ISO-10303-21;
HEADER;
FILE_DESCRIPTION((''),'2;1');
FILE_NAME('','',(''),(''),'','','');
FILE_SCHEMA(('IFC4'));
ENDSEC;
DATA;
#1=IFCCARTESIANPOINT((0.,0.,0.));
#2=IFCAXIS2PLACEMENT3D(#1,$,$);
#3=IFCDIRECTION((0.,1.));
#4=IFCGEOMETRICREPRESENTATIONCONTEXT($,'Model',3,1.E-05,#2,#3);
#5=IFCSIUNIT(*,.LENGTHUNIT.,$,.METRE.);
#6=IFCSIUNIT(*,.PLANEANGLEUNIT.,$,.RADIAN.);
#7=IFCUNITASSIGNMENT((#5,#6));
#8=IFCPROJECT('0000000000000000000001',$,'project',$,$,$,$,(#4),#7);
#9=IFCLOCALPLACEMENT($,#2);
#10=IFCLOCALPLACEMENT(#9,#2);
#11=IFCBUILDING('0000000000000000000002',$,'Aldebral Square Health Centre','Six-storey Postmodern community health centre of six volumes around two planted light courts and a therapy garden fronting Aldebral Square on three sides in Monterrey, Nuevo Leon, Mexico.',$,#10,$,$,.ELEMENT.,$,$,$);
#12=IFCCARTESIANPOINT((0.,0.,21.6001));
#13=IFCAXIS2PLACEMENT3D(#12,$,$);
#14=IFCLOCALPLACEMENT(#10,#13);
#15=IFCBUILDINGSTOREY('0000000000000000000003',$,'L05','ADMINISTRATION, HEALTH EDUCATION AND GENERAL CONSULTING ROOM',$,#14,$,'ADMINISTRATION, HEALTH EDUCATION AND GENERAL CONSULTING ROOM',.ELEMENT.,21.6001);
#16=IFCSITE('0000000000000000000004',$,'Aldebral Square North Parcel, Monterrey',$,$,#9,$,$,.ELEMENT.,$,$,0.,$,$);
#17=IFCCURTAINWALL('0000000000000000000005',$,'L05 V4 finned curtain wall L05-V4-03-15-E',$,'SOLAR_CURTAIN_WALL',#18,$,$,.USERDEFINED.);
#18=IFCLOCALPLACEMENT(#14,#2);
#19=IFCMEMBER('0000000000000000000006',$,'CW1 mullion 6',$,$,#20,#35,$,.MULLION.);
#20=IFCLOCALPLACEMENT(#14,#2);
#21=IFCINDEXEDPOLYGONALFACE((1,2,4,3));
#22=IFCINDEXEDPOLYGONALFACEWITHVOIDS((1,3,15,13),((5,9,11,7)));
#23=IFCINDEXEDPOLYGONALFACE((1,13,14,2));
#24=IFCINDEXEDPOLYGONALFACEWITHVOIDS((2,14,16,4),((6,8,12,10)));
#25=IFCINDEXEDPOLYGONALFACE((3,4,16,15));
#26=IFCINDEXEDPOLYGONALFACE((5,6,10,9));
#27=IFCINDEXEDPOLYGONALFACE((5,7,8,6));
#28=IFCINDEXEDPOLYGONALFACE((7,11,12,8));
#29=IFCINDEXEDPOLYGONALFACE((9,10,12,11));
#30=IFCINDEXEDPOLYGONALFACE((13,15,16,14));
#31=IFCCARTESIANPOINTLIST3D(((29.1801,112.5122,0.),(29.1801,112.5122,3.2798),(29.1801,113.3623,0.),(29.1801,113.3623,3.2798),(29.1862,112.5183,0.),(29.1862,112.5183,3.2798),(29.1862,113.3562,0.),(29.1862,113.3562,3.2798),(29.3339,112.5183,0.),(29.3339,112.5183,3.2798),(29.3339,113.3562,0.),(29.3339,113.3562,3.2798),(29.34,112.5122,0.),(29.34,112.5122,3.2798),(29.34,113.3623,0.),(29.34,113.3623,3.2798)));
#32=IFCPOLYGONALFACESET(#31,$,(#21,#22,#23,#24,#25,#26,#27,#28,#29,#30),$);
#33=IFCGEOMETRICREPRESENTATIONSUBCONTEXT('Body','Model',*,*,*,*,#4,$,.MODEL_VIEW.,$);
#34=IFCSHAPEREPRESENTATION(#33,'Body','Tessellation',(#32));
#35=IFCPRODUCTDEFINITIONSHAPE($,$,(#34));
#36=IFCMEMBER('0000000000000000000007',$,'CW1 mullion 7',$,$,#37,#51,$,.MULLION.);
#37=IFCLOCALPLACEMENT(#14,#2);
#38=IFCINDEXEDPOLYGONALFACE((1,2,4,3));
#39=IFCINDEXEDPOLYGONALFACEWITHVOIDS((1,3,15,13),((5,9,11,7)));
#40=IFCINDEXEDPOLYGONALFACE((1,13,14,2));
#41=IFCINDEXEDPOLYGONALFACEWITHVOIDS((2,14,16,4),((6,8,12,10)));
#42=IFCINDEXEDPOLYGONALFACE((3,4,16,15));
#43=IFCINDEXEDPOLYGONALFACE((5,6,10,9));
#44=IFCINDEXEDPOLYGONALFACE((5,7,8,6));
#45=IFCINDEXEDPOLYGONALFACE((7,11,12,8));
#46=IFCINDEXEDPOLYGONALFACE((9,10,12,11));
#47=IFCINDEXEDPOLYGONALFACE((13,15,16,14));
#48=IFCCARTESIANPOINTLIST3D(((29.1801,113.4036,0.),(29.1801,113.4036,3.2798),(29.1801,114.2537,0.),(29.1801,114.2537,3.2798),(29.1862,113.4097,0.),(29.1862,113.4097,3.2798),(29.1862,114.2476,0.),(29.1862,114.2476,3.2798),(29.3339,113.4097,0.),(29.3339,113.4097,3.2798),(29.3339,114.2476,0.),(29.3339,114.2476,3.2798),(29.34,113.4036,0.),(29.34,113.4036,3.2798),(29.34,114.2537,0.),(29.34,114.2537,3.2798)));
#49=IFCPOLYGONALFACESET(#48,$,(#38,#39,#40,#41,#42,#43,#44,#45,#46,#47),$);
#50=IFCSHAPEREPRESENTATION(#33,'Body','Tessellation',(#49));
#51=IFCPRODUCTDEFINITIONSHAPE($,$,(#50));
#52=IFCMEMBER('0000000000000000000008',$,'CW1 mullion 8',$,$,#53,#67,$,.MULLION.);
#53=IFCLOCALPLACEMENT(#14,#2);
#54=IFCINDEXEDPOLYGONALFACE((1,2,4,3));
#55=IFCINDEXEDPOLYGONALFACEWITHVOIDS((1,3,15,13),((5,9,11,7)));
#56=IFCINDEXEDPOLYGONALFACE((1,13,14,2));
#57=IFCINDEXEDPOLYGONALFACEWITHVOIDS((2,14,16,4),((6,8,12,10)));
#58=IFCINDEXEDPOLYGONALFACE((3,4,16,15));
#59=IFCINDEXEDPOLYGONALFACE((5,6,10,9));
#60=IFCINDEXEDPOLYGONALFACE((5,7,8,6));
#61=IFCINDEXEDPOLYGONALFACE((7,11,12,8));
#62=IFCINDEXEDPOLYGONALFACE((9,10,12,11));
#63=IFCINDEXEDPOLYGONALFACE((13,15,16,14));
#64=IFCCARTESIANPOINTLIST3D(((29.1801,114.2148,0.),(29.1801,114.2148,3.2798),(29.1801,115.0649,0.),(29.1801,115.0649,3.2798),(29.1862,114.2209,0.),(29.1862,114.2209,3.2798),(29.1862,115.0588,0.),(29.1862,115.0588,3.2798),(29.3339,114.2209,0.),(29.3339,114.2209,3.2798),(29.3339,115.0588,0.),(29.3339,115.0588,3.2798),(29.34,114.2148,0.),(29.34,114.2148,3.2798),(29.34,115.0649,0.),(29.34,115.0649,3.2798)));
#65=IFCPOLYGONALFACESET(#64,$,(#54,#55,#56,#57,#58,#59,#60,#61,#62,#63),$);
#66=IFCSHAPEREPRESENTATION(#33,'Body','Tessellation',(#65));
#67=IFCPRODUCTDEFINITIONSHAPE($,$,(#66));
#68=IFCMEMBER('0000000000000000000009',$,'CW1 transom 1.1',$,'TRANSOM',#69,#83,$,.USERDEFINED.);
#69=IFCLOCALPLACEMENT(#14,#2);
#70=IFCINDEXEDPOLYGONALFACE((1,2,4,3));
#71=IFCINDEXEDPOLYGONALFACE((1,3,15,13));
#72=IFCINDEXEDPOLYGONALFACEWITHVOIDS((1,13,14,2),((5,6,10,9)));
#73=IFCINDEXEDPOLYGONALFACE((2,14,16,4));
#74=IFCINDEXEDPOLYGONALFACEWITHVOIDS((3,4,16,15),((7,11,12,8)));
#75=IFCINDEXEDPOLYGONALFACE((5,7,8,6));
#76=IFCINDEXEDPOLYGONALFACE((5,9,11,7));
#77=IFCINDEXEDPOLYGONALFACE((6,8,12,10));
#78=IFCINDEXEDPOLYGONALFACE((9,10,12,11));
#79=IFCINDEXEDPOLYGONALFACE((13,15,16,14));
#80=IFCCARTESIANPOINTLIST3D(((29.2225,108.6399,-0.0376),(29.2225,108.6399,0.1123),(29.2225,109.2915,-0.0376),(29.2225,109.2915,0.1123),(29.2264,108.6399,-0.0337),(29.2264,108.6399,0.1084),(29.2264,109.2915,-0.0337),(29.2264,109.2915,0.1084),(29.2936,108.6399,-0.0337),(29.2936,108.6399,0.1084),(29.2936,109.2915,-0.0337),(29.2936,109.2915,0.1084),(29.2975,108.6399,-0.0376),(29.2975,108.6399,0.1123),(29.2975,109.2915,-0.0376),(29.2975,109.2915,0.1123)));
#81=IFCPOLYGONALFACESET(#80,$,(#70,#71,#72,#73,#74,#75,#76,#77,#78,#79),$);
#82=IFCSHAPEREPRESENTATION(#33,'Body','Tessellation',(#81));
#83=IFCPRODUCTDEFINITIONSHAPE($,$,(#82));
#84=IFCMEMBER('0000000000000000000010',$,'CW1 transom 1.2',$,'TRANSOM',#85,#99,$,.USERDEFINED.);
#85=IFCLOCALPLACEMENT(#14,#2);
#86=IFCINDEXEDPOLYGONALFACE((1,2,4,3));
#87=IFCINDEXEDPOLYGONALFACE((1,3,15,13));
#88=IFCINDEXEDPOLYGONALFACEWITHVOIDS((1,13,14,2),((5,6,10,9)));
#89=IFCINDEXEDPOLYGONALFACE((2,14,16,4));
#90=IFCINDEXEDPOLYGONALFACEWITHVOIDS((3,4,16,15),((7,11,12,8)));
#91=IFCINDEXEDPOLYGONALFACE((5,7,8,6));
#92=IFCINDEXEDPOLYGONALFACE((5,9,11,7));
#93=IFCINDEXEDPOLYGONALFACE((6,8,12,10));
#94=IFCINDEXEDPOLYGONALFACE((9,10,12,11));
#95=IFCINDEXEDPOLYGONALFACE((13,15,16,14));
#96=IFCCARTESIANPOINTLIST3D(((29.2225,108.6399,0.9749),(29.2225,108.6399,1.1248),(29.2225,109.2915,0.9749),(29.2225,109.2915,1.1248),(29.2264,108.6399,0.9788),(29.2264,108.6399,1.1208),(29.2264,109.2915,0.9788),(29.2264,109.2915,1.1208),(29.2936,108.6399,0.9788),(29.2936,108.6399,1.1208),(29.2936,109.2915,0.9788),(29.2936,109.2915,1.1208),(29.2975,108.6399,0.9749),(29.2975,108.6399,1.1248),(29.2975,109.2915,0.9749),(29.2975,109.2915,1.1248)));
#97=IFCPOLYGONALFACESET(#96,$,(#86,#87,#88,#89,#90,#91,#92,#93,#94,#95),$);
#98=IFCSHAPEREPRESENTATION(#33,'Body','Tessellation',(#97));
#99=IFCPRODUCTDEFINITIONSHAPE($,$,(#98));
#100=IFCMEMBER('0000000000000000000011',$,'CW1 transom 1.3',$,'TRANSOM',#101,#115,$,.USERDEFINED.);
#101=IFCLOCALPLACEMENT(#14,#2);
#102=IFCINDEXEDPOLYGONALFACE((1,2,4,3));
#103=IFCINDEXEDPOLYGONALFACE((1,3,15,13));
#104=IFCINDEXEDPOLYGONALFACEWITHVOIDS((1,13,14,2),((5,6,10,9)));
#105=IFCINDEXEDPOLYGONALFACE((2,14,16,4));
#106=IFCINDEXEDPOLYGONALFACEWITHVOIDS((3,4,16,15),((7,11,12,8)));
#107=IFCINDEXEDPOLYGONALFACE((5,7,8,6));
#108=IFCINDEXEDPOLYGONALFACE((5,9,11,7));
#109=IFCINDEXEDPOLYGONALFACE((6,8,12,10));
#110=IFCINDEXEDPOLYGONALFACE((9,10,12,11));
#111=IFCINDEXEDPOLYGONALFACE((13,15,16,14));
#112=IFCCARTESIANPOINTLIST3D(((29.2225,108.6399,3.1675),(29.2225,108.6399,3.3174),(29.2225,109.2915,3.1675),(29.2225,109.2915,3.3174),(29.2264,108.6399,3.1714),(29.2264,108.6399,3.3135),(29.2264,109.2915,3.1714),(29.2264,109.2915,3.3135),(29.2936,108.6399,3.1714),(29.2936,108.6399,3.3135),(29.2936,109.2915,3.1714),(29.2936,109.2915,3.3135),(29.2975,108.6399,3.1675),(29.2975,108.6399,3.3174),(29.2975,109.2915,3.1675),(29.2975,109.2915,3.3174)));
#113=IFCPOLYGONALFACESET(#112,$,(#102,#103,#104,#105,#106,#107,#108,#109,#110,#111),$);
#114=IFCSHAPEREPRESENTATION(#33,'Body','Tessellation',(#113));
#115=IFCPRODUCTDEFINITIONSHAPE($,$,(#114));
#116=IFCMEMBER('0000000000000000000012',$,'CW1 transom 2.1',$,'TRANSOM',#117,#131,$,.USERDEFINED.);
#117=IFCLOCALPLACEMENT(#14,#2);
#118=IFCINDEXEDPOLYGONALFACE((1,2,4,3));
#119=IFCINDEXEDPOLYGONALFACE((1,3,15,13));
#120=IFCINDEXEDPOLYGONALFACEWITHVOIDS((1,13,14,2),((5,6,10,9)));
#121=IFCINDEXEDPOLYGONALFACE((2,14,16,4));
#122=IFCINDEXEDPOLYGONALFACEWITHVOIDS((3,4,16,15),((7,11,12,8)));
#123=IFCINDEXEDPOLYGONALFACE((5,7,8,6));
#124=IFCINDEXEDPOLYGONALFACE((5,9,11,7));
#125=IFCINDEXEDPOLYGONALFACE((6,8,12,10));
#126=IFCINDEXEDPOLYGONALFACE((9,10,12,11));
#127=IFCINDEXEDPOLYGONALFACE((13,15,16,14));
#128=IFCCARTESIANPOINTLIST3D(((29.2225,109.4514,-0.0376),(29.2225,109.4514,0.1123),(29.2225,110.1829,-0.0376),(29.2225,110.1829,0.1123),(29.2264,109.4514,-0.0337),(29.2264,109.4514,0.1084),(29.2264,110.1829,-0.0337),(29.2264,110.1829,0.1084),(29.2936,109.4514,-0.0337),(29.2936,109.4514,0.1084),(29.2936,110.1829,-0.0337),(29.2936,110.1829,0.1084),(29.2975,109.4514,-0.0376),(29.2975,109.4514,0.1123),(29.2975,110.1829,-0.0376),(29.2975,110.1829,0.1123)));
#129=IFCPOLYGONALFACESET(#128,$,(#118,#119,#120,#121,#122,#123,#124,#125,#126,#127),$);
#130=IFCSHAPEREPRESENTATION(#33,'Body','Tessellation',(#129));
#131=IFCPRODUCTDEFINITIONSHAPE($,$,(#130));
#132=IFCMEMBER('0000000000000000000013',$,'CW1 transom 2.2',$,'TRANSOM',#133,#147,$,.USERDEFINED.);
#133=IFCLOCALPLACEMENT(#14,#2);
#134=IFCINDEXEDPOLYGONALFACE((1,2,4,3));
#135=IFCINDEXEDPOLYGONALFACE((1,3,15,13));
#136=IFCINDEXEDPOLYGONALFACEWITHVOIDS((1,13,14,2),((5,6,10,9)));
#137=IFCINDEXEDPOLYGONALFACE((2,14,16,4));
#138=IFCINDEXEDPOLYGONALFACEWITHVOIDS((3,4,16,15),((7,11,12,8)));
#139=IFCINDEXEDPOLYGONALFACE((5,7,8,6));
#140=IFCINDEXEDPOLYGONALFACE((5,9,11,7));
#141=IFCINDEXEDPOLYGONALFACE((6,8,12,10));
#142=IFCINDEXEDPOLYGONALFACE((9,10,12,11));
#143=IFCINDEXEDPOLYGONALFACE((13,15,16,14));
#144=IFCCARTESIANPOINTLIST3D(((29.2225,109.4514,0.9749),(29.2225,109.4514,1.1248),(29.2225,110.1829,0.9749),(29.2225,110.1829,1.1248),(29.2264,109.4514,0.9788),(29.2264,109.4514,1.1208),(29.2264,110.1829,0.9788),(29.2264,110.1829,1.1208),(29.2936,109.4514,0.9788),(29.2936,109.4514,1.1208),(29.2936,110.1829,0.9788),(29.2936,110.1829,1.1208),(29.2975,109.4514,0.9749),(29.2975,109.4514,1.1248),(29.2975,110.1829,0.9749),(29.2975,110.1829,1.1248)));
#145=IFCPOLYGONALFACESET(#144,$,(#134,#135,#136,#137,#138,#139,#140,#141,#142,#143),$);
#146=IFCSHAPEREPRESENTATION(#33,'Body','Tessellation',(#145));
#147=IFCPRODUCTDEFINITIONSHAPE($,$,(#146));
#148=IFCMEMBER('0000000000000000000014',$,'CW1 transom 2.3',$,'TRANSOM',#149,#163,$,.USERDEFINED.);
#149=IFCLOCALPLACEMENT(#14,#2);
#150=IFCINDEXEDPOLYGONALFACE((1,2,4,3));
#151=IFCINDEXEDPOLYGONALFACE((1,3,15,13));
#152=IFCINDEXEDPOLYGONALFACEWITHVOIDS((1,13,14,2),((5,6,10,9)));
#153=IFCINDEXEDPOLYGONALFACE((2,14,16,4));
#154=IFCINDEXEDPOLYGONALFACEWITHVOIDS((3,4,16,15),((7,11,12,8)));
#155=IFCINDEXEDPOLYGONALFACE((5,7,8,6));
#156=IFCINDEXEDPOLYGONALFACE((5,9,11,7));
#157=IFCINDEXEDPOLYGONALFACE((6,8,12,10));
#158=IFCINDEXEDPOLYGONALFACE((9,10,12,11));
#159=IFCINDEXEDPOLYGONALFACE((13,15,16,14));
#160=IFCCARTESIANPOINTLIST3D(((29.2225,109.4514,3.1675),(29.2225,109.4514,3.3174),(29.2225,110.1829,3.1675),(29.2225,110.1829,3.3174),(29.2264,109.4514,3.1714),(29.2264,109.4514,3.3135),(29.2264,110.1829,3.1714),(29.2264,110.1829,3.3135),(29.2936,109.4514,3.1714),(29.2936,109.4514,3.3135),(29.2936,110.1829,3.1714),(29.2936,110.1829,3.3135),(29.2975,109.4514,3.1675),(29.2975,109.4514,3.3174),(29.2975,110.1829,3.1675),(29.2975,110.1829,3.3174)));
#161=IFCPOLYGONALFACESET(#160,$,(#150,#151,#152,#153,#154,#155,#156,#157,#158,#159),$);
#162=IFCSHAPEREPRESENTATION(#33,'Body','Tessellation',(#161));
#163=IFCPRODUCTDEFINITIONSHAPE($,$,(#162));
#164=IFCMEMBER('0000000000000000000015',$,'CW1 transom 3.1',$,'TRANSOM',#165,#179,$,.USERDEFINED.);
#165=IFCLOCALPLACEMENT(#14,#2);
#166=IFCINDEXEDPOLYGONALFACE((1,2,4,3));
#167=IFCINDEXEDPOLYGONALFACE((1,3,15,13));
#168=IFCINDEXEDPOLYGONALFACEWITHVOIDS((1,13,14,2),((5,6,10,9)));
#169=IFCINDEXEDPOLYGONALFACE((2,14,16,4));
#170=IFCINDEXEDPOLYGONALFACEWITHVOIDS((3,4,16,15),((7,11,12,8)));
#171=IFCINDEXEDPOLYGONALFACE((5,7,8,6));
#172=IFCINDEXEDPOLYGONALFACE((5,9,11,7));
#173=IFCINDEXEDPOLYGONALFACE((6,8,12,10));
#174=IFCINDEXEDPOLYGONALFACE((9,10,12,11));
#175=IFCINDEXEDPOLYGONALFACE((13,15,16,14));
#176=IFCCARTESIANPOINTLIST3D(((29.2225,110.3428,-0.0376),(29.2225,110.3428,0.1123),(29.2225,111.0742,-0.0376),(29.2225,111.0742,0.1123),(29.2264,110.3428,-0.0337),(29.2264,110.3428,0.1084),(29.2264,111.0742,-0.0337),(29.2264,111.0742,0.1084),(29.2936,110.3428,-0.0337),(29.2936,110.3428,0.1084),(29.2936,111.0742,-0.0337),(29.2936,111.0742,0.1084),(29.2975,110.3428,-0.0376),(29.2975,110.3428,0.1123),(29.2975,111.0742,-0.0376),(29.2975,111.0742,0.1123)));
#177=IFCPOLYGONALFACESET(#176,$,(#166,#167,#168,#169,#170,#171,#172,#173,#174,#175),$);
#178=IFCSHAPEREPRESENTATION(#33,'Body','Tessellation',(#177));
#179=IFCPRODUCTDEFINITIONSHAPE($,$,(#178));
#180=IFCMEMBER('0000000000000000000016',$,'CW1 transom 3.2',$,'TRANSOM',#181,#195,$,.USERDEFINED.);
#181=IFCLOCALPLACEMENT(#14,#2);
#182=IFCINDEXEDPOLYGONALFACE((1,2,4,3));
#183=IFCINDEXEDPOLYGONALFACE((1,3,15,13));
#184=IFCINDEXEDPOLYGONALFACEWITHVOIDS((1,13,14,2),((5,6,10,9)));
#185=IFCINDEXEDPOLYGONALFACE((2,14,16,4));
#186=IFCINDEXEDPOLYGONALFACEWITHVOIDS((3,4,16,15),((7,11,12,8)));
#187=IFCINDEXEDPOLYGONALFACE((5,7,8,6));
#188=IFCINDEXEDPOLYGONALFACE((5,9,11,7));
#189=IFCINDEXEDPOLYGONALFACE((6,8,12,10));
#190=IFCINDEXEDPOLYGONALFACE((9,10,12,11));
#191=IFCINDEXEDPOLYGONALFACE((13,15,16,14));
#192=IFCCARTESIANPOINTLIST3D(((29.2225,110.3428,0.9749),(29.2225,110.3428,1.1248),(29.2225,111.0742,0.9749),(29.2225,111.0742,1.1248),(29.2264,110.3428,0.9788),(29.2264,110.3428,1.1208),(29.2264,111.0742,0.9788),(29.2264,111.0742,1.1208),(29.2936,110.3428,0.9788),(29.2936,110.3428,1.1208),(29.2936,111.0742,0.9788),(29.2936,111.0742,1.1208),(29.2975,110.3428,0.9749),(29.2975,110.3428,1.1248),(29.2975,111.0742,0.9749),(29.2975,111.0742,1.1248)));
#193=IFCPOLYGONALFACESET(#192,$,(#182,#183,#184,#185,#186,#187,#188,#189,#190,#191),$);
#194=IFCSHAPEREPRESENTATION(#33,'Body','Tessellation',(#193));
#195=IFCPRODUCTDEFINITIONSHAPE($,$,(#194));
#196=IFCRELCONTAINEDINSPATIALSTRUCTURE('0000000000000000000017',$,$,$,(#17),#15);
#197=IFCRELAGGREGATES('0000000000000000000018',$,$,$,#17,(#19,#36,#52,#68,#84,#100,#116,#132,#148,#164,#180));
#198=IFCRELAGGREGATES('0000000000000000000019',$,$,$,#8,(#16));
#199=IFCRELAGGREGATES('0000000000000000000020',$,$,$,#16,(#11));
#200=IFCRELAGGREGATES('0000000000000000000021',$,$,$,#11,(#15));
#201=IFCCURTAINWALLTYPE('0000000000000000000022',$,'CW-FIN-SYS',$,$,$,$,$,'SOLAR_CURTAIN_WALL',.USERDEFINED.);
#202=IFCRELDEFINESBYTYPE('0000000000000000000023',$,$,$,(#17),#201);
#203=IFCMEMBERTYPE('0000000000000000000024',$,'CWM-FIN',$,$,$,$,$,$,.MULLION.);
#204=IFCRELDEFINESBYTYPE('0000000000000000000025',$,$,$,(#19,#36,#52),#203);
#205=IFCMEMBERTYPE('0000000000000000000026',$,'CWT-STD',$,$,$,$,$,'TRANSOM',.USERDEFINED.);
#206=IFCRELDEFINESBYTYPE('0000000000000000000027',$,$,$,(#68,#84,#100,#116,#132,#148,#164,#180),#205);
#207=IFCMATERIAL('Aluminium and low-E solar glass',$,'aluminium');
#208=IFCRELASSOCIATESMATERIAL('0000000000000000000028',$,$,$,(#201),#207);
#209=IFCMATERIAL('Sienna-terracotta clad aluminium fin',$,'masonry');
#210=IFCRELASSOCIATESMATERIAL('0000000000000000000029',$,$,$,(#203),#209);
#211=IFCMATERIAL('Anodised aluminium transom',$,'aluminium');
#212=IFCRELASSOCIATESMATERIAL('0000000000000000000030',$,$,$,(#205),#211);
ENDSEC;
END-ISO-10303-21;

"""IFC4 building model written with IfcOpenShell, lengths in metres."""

from ifc_helpers import new_model, si_unit, direction, frame, origin, origin_2d, place, context, subcontext, project, spatial, hollow_rectangle, extrude, material, material_profile, profile_set, type_object, element, aggregate, save


model = new_model("IFC4")

# Units and contexts
model_context = context("Model", 3, precision=1e-05, world=origin(), true_north=direction((0.0, 1.0)))
body_context = subcontext(model_context, "Body", "Model", "MODEL_VIEW")
ifc_project = project(units=[si_unit("LENGTHUNIT", "METRE"), si_unit("PLANEANGLEUNIT", "RADIAN")], contexts=[model_context])

# Site, building, storey
site_placement = place(None, origin())
site = spatial("IfcSite", under=ifc_project, at=site_placement, Name="Aldebral Square North Parcel, Monterrey", CompositionType="ELEMENT", RefElevation=0.0)
building_placement = place(site_placement, origin())
building = spatial("IfcBuilding", under=site, at=building_placement, Name="Aldebral Square Health Centre", Description="Six-storey Postmodern community health centre of six volumes around two planted light courts and a therapy garden fronting Aldebral Square on three sides in Monterrey, Nuevo Leon, Mexico.", CompositionType="ELEMENT")
storey_placement = place(building_placement, frame((0.0, 0.0, 21.6001)))
storey = spatial("IfcBuildingStorey", under=building, at=storey_placement, Name="L05", Description="ADMINISTRATION, HEALTH EDUCATION AND GENERAL CONSULTING ROOM", LongName="ADMINISTRATION, HEALTH EDUCATION AND GENERAL CONSULTING ROOM", CompositionType="ELEMENT", Elevation=21.6001)

# Curtain wall, members
ifc_material_1 = material(Name="Aluminium and low-E solar glass", Category="aluminium")
curtain_wall_type = type_object("IfcCurtainWallType", Name="CW-FIN-SYS", ElementType="SOLAR_CURTAIN_WALL", PredefinedType="USERDEFINED", material=ifc_material_1)
curtain_wall_placement = place(storey_placement, origin())
curtain_wall = element("IfcCurtainWall", 1, at=curtain_wall_placement, inside=storey, type_object=curtain_wall_type, Name="L05 V4 finned curtain wall L05-V4-03-15-E", ObjectType="SOLAR_CURTAIN_WALL", PredefinedType="USERDEFINED")
ifc_material_2 = material(Name="Sienna-terracotta clad aluminium fin", Category="masonry")
ifc_material_profile_1 = material_profile(ifc_material_2, hollow_rectangle(XDim=0.1599, YDim=0.8501, WallThickness=0.0061, at=origin_2d()), Name="FIN 160x850x6")
ifc_profile_set_1 = profile_set([ifc_material_profile_1], Name="Sienna-terracotta clad aluminium fin")
member_type_1 = type_object("IfcMemberType", Name="CWM-FIN", PredefinedType="MULLION", material=ifc_profile_set_1)
member_1_placement = place(storey_placement, frame((29.26, 112.9373, 0.0), z_axis=(0.0, 0.0, 1.0), x_axis=(-1.0, 0.0, 0.0)))
member_1 = element("IfcMember", 2, at=member_1_placement, type_object=member_type_1, Name="CW1 mullion 6", PredefinedType="MULLION", context=body_context, shape_type="SweptSolid", body=[
    extrude(hollow_rectangle(XDim=0.1599, YDim=0.8501, WallThickness=0.0061, at=origin_2d()), origin(), (0.0, 0.0, 1.0), 3.2798),
])
member_2_placement = place(storey_placement, frame((29.26, 113.8286, 0.0), z_axis=(0.0, 0.0, 1.0), x_axis=(-1.0, 0.0, 0.0)))
member_2 = element("IfcMember", 3, at=member_2_placement, type_object=member_type_1, Name="CW1 mullion 7", PredefinedType="MULLION", context=body_context, shape_type="SweptSolid", body=[
    extrude(hollow_rectangle(XDim=0.1599, YDim=0.8501, WallThickness=0.0061, at=origin_2d()), origin(), (0.0, 0.0, 1.0), 3.2798),
])
member_3_placement = place(storey_placement, frame((29.26, 114.6399, 0.0), z_axis=(0.0, 0.0, 1.0), x_axis=(-1.0, 0.0, 0.0)))
member_3 = element("IfcMember", 4, at=member_3_placement, type_object=member_type_1, Name="CW1 mullion 8", PredefinedType="MULLION", context=body_context, shape_type="SweptSolid", body=[
    extrude(hollow_rectangle(XDim=0.1599, YDim=0.8501, WallThickness=0.0061, at=origin_2d()), origin(), (0.0, 0.0, 1.0), 3.2798),
])
ifc_material_3 = material(Name="Anodised aluminium transom", Category="aluminium")
ifc_material_profile_2 = material_profile(ifc_material_3, hollow_rectangle(XDim=0.075, YDim=0.1499, WallThickness=0.0039, at=origin_2d()), Name="CWT 75x150x4")
ifc_profile_set_2 = profile_set([ifc_material_profile_2], Name="Anodised aluminium transom")
member_type_2 = type_object("IfcMemberType", Name="CWT-STD", ElementType="TRANSOM", PredefinedType="USERDEFINED", material=ifc_profile_set_2)
member_4_placement = place(storey_placement, frame((29.26, 108.6399, 0.0374), z_axis=(0.0, 1.0, 0.0), x_axis=(-1.0, 0.0, 0.0)))
member_4 = element("IfcMember", 5, at=member_4_placement, type_object=member_type_2, Name="CW1 transom 1.1", ObjectType="TRANSOM", PredefinedType="USERDEFINED", context=body_context, shape_type="SweptSolid", body=[
    extrude(hollow_rectangle(XDim=0.075, YDim=0.1499, WallThickness=0.0039, at=origin_2d()), origin(), (0.0, 0.0, 1.0), 0.6516),
])
member_5_placement = place(storey_placement, frame((29.26, 108.6399, 1.0498), z_axis=(0.0, 1.0, 0.0), x_axis=(-1.0, 0.0, 0.0)))
member_5 = element("IfcMember", 6, at=member_5_placement, type_object=member_type_2, Name="CW1 transom 1.2", ObjectType="TRANSOM", PredefinedType="USERDEFINED", context=body_context, shape_type="SweptSolid", body=[
    extrude(hollow_rectangle(XDim=0.075, YDim=0.1499, WallThickness=0.0039, at=origin_2d()), origin(), (0.0, 0.0, 1.0), 0.6516),
])
member_6_placement = place(storey_placement, frame((29.26, 108.6399, 3.2424), z_axis=(0.0, 1.0, 0.0), x_axis=(-1.0, 0.0, 0.0)))
member_6 = element("IfcMember", 7, at=member_6_placement, type_object=member_type_2, Name="CW1 transom 1.3", ObjectType="TRANSOM", PredefinedType="USERDEFINED", context=body_context, shape_type="SweptSolid", body=[
    extrude(hollow_rectangle(XDim=0.075, YDim=0.1499, WallThickness=0.0039, at=origin_2d()), origin(), (0.0, 0.0, 1.0), 0.6516),
])
member_7_placement = place(storey_placement, frame((29.26, 109.4514, 0.0374), z_axis=(0.0, 1.0, 0.0), x_axis=(-1.0, 0.0, 0.0)))
member_7 = element("IfcMember", 8, at=member_7_placement, type_object=member_type_2, Name="CW1 transom 2.1", ObjectType="TRANSOM", PredefinedType="USERDEFINED", context=body_context, shape_type="SweptSolid", body=[
    extrude(hollow_rectangle(XDim=0.075, YDim=0.1499, WallThickness=0.0039, at=origin_2d()), origin(), (0.0, 0.0, 1.0), 0.7314),
])
member_8_placement = place(storey_placement, frame((29.26, 109.4514, 1.0498), z_axis=(0.0, 1.0, 0.0), x_axis=(-1.0, 0.0, 0.0)))
member_8 = element("IfcMember", 9, at=member_8_placement, type_object=member_type_2, Name="CW1 transom 2.2", ObjectType="TRANSOM", PredefinedType="USERDEFINED", context=body_context, shape_type="SweptSolid", body=[
    extrude(hollow_rectangle(XDim=0.075, YDim=0.1499, WallThickness=0.0039, at=origin_2d()), origin(), (0.0, 0.0, 1.0), 0.7314),
])
member_9_placement = place(storey_placement, frame((29.26, 109.4514, 3.2424), z_axis=(0.0, 1.0, 0.0), x_axis=(-1.0, 0.0, 0.0)))
member_9 = element("IfcMember", 10, at=member_9_placement, type_object=member_type_2, Name="CW1 transom 2.3", ObjectType="TRANSOM", PredefinedType="USERDEFINED", context=body_context, shape_type="SweptSolid", body=[
    extrude(hollow_rectangle(XDim=0.075, YDim=0.1499, WallThickness=0.0039, at=origin_2d()), origin(), (0.0, 0.0, 1.0), 0.7314),
])
member_10_placement = place(storey_placement, frame((29.26, 110.3428, 0.0374), z_axis=(0.0, 1.0, 0.0), x_axis=(-1.0, 0.0, 0.0)))
member_10 = element("IfcMember", 11, at=member_10_placement, type_object=member_type_2, Name="CW1 transom 3.1", ObjectType="TRANSOM", PredefinedType="USERDEFINED", context=body_context, shape_type="SweptSolid", body=[
    extrude(hollow_rectangle(XDim=0.075, YDim=0.1499, WallThickness=0.0039, at=origin_2d()), origin(), (0.0, 0.0, 1.0), 0.7314),
])
member_11_placement = place(storey_placement, frame((29.26, 110.3428, 1.0498), z_axis=(0.0, 1.0, 0.0), x_axis=(-1.0, 0.0, 0.0)))
member_11 = element("IfcMember", 12, at=member_11_placement, type_object=member_type_2, Name="CW1 transom 3.2", ObjectType="TRANSOM", PredefinedType="USERDEFINED", context=body_context, shape_type="SweptSolid", body=[
    extrude(hollow_rectangle(XDim=0.075, YDim=0.1499, WallThickness=0.0039, at=origin_2d()), origin(), (0.0, 0.0, 1.0), 0.7314),
])
aggregate(curtain_wall, [member_1, member_2, member_3, member_4, member_5, member_6, member_7, member_8, member_9, member_10, member_11])

save(model, "model.ifc")
